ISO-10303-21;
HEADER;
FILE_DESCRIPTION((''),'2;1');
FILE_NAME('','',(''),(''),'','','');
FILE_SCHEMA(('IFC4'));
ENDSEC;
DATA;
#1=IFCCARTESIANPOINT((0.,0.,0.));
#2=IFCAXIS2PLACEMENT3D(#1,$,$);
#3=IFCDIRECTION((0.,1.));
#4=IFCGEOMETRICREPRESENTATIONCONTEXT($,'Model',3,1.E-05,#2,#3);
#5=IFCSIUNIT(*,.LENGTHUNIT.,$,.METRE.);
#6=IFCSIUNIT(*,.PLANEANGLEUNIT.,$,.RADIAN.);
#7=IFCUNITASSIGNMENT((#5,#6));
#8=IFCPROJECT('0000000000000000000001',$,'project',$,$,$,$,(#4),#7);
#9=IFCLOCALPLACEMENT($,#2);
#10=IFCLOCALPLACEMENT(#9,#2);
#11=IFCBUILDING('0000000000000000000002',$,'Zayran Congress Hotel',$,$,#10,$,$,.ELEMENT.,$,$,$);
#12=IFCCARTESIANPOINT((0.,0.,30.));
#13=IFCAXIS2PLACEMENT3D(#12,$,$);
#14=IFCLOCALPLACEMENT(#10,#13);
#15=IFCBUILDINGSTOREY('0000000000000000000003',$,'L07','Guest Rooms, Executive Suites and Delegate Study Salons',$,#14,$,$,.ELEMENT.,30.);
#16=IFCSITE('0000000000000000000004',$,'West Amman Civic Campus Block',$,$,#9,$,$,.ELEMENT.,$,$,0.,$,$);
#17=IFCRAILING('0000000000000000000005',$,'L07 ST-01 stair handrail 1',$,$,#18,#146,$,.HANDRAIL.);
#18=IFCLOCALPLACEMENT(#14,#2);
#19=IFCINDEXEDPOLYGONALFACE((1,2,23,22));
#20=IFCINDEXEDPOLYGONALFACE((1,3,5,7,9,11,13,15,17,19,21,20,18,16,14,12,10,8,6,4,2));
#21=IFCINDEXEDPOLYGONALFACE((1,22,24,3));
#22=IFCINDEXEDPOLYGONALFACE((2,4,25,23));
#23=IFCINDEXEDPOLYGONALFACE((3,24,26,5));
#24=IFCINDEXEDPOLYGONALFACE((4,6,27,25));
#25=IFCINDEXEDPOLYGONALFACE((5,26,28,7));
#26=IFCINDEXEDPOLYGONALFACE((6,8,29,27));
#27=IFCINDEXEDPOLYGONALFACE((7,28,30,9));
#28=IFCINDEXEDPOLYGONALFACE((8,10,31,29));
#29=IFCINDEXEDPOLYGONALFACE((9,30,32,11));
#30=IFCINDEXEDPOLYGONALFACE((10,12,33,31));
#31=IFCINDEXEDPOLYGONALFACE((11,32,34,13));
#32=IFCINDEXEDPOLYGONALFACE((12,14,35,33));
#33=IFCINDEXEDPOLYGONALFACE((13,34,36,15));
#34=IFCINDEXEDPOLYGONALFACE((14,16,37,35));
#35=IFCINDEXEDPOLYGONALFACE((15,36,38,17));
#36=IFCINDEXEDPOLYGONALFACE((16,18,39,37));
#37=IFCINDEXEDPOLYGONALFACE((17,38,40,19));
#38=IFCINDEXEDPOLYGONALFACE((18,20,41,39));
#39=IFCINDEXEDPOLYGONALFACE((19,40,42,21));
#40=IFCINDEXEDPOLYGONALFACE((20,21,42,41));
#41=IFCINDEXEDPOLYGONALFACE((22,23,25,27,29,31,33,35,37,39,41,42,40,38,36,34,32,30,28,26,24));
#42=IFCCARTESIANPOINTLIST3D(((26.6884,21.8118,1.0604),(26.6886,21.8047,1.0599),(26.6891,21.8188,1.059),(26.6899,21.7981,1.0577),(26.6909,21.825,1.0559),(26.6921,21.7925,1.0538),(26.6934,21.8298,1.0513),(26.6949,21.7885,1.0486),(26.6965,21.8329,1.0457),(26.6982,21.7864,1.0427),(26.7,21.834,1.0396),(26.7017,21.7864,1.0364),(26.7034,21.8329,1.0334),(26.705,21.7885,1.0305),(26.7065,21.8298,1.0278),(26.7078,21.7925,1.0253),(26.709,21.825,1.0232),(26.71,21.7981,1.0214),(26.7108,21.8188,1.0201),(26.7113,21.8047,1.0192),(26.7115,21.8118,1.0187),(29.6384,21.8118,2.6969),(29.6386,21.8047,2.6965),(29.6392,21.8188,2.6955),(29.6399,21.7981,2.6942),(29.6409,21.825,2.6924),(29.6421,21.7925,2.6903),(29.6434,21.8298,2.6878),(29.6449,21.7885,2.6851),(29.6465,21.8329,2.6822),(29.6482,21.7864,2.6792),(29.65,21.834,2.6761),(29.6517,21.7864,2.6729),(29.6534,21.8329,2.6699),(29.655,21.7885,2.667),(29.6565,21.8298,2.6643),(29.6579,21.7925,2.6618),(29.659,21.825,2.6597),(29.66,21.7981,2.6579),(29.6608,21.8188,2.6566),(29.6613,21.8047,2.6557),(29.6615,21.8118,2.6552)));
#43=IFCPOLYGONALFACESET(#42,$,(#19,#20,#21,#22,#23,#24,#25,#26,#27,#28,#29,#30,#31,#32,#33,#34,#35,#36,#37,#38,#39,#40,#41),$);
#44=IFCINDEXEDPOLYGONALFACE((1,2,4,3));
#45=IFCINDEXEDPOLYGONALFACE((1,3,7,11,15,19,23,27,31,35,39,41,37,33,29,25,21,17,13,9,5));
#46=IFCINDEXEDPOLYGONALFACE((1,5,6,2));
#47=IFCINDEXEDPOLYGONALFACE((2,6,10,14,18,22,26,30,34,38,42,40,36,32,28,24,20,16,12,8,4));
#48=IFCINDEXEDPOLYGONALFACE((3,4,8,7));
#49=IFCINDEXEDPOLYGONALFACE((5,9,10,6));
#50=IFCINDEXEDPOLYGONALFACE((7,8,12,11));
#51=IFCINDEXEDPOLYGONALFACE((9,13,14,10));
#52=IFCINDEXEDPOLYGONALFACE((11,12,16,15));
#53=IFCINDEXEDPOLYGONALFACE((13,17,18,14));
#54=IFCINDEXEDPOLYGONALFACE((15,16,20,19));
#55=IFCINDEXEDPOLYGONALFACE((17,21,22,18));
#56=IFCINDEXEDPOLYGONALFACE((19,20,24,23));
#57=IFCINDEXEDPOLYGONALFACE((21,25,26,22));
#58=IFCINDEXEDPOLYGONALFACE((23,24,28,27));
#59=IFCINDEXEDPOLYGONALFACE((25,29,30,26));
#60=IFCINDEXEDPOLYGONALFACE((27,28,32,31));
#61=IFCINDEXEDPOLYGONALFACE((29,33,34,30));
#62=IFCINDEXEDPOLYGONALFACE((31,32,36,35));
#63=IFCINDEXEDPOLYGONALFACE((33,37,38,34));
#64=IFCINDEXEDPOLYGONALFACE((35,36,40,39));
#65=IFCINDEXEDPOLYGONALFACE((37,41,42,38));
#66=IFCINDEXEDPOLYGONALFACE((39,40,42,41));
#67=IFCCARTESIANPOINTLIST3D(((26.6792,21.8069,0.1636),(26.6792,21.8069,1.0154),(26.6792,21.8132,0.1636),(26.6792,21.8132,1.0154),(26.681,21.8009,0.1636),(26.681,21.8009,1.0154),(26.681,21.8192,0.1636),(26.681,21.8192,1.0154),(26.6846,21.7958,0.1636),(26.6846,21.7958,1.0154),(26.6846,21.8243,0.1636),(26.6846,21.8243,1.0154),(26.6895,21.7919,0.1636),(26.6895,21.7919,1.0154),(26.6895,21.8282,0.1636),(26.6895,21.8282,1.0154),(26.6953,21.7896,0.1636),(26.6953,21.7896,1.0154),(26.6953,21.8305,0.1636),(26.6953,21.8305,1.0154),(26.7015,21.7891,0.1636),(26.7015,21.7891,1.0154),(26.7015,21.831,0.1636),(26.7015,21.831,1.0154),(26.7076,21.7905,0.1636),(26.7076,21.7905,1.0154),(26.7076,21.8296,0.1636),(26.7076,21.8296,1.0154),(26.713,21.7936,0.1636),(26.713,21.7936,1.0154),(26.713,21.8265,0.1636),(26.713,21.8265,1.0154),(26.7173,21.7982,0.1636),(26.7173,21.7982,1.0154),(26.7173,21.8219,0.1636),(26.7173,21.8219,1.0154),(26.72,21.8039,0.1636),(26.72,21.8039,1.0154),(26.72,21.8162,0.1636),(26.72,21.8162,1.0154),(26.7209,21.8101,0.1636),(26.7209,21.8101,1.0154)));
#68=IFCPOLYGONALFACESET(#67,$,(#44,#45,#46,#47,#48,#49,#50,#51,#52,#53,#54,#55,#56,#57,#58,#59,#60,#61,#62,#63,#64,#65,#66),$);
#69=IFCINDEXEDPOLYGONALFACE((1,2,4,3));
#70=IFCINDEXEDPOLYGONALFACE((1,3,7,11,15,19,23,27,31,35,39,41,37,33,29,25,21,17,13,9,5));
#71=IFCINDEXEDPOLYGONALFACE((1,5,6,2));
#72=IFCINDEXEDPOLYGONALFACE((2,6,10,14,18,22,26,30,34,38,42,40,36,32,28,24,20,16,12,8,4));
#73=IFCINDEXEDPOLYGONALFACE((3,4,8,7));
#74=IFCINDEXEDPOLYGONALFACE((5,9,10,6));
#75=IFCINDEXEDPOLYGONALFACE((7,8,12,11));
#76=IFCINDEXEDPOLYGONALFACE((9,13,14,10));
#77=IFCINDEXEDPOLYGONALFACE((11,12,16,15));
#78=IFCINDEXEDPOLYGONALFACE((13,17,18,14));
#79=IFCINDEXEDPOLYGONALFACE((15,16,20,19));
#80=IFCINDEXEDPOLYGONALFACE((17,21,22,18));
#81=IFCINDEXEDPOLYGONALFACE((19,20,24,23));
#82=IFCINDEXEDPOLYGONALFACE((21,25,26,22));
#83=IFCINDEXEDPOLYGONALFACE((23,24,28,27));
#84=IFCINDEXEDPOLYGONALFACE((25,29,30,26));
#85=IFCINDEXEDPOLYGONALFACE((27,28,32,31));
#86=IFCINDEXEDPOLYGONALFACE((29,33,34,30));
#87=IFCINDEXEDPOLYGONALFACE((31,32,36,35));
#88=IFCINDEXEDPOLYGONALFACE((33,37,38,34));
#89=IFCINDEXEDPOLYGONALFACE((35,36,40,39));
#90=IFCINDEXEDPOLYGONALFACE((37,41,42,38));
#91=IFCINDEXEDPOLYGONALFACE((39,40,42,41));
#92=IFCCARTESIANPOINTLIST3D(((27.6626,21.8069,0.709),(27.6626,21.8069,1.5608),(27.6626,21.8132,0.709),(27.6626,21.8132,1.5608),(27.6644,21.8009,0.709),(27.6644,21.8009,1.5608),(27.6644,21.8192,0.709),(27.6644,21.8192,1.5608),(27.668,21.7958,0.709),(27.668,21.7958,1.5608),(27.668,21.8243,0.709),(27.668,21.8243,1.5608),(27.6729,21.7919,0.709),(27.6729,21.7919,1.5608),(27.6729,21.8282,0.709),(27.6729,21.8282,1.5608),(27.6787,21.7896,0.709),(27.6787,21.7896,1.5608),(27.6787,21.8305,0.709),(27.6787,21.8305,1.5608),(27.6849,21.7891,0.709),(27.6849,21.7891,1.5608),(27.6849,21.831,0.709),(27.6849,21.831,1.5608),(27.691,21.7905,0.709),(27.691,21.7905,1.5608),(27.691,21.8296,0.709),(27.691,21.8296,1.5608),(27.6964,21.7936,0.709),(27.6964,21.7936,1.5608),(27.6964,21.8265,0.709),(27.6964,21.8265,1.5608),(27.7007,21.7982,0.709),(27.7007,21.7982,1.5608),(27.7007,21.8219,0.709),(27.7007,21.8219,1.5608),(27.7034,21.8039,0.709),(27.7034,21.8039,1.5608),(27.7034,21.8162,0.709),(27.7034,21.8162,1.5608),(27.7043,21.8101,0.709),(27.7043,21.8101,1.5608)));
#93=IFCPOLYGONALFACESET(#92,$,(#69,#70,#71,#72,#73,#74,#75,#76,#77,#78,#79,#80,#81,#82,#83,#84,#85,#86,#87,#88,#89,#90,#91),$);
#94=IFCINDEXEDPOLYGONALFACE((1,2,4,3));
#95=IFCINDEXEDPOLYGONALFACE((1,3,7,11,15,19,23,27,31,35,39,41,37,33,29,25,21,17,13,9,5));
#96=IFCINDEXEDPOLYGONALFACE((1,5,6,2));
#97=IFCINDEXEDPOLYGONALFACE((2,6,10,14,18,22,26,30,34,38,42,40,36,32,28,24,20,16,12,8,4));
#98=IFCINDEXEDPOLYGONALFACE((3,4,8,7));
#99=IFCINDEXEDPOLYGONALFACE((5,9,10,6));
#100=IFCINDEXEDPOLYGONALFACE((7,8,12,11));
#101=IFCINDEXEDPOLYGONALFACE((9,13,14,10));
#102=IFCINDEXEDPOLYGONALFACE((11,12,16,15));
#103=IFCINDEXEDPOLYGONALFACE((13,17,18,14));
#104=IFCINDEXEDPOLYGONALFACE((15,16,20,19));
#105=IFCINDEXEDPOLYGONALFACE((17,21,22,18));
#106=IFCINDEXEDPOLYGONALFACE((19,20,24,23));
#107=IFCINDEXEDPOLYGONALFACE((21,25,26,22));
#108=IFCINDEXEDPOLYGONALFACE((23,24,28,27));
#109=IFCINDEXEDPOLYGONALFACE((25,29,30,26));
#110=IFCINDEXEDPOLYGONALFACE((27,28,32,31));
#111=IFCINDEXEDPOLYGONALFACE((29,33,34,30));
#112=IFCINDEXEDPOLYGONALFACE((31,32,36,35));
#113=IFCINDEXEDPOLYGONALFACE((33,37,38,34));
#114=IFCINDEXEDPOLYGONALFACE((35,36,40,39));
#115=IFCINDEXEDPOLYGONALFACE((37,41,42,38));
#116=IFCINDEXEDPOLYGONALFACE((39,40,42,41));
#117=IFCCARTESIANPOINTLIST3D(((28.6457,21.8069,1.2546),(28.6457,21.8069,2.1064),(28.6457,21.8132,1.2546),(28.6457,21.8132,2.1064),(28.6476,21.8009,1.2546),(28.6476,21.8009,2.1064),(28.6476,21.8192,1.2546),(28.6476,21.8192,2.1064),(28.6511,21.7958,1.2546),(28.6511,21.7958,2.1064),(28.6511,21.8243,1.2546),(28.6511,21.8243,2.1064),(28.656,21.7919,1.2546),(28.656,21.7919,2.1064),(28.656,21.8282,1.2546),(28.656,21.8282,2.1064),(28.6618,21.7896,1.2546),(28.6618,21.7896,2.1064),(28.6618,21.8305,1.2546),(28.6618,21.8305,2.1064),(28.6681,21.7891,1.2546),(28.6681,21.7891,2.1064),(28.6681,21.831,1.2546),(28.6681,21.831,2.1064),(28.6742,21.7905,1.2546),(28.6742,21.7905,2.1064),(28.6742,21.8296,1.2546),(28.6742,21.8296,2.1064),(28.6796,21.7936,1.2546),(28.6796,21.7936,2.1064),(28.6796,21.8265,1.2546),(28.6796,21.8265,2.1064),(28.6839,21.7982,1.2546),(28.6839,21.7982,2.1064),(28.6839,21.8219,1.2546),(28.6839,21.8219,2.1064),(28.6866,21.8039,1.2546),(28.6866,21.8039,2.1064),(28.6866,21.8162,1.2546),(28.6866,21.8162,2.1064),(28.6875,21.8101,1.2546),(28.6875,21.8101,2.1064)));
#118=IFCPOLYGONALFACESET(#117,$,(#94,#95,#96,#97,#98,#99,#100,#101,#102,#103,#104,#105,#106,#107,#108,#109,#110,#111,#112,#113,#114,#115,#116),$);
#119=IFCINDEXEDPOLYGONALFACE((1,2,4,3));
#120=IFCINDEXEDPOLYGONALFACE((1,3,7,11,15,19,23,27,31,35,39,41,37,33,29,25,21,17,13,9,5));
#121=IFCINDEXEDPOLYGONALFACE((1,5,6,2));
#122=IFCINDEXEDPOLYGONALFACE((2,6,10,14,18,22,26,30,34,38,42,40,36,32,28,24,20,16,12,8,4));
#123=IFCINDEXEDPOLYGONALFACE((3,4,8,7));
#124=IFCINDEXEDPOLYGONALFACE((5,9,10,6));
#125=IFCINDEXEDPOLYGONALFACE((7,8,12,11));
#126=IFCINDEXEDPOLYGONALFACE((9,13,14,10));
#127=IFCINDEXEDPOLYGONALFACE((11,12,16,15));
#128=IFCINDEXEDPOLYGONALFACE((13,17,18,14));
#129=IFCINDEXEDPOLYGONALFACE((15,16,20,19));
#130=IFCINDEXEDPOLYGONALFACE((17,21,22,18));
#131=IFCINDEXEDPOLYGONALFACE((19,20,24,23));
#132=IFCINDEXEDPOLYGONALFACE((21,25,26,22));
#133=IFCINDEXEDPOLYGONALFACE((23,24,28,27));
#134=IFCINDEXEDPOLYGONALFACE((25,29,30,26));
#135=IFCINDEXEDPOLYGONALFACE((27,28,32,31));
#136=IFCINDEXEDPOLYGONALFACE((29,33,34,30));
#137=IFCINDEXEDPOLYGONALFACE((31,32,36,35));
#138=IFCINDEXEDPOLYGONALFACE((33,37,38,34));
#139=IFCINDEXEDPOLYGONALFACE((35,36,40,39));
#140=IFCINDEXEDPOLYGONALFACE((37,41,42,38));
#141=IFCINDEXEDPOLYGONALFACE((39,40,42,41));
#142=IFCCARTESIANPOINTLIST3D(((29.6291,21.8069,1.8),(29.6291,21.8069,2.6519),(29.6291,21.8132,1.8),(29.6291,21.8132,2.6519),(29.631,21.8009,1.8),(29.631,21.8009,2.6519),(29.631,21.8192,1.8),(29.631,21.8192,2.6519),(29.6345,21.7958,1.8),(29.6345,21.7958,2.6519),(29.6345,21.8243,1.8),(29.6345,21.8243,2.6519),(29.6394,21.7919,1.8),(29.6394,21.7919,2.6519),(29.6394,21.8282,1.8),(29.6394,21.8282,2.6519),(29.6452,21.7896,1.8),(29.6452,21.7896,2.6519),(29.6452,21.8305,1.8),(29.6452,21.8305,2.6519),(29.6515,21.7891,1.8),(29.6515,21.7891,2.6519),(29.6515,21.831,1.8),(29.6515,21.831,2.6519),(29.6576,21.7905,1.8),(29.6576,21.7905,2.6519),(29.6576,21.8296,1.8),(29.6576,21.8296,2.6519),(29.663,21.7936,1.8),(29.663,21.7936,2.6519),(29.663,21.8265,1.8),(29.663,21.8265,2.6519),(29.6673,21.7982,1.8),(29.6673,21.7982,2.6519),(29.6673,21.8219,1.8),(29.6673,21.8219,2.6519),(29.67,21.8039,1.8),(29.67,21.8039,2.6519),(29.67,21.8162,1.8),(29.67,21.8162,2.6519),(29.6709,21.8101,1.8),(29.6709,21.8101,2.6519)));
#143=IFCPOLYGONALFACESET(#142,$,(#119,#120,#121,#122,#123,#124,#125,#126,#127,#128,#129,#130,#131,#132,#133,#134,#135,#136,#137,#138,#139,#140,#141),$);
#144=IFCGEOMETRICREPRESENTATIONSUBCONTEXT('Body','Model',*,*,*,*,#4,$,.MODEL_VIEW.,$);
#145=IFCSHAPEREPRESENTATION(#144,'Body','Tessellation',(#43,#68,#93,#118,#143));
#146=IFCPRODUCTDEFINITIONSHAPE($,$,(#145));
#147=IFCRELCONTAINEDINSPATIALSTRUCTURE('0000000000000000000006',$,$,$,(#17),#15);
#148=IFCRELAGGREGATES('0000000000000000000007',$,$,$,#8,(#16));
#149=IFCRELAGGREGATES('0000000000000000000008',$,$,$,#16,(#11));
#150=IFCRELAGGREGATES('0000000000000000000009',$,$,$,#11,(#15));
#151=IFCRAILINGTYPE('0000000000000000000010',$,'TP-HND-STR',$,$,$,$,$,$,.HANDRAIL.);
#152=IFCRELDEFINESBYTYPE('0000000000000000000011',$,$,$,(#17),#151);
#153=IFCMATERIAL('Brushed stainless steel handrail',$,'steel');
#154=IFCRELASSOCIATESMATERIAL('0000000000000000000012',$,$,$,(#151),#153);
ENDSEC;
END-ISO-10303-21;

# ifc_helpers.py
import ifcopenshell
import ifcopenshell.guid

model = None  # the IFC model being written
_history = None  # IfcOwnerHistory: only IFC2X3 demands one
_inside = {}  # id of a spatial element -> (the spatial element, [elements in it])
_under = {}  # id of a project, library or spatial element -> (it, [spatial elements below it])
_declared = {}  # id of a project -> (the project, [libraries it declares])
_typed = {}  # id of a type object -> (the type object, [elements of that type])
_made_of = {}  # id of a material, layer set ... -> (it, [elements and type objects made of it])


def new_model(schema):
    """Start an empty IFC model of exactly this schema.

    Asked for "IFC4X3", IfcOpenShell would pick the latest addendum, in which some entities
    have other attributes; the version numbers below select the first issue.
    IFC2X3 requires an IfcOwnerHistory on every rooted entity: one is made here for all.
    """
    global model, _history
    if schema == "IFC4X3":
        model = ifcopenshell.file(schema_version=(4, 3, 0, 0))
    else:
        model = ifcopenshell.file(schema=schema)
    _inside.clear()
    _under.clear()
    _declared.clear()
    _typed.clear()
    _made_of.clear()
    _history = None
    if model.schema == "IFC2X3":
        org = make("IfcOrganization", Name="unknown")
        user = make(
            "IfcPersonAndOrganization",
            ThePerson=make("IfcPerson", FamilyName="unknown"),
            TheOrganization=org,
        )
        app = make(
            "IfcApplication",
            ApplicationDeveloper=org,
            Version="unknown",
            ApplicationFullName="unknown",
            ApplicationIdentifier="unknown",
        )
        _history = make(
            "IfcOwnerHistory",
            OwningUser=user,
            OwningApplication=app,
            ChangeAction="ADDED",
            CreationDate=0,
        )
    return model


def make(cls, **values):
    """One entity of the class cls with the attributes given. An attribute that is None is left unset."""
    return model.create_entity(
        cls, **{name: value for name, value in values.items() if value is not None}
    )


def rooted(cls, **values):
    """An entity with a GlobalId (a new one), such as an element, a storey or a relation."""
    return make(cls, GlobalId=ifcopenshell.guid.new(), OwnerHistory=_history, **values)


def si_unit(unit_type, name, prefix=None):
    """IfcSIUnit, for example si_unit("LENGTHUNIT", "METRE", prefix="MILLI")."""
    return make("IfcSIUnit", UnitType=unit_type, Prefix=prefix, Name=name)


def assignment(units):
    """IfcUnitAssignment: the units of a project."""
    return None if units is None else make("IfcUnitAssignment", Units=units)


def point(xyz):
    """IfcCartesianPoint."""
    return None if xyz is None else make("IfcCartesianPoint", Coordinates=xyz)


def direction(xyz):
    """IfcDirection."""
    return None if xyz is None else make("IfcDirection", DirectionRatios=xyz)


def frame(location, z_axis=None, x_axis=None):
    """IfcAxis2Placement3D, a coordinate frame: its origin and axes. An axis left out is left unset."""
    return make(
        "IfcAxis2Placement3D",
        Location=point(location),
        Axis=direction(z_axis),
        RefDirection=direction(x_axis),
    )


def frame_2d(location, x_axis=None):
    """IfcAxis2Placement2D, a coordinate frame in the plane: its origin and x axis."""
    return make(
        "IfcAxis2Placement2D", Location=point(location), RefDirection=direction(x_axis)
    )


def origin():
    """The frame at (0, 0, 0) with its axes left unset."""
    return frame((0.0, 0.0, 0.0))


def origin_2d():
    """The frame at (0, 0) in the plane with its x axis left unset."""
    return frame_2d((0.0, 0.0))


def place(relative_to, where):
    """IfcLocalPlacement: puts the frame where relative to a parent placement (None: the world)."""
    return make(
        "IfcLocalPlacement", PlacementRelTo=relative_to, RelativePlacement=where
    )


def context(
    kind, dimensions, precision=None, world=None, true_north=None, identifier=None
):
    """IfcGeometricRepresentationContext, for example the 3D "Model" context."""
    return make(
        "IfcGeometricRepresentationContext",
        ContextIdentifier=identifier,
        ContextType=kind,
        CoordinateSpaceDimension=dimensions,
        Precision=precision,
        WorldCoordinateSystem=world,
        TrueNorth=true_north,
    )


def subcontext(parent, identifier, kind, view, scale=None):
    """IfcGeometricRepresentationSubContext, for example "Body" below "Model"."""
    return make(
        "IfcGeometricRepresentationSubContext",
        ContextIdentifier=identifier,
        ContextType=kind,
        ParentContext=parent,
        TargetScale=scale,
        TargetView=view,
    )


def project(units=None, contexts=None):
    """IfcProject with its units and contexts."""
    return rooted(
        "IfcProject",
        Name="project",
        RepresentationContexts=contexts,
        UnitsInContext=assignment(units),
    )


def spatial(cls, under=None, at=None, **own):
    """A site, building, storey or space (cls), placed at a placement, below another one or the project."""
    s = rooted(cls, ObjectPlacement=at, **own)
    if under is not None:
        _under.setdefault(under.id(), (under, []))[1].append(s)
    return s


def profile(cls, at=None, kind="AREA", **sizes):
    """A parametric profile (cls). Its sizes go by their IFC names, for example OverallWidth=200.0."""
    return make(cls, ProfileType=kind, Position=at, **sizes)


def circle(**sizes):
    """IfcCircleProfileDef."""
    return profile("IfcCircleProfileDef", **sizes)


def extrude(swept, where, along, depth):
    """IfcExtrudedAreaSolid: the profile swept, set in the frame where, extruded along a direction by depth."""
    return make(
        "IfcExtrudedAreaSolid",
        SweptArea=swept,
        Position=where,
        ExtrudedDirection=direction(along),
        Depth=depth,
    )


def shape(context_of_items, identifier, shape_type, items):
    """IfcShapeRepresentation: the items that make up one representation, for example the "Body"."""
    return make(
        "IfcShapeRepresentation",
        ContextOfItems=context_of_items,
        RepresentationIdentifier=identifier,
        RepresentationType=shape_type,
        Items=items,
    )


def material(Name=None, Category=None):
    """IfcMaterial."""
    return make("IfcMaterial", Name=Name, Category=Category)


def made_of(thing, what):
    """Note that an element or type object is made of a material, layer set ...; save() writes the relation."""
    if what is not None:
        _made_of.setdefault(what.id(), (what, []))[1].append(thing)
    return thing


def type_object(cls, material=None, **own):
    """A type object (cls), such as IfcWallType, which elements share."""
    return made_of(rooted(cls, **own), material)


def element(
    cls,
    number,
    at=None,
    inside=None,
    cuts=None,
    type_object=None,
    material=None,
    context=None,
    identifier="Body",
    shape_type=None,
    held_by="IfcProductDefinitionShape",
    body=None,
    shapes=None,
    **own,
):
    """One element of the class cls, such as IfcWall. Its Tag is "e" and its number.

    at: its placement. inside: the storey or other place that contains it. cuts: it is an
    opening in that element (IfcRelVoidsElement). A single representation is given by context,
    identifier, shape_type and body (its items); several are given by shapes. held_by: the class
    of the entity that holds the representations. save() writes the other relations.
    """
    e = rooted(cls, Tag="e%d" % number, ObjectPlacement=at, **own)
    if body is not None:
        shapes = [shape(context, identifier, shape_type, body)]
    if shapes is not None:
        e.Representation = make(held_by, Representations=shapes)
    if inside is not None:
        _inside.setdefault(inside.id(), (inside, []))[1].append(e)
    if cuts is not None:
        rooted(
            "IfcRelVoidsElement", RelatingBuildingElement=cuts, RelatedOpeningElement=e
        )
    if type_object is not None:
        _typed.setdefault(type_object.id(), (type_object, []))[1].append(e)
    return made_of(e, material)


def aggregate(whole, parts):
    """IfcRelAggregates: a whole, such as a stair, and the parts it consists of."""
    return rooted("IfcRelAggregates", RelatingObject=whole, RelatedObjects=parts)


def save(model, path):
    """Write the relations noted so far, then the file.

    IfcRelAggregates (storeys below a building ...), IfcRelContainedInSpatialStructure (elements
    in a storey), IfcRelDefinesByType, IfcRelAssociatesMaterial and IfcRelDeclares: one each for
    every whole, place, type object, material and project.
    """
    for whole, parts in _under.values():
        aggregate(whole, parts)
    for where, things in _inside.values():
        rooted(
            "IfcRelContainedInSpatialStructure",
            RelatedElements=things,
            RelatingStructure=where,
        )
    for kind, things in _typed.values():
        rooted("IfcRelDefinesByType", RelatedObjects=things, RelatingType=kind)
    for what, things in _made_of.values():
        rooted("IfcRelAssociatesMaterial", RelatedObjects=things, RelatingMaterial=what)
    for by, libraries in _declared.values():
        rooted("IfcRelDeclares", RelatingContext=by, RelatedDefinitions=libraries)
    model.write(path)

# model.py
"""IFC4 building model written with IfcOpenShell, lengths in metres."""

from ifc_helpers import new_model, si_unit, direction, frame, origin, origin_2d, place, context, subcontext, project, spatial, circle, extrude, material, type_object, element, save


model = new_model("IFC4")

# Units and contexts
model_context = context("Model", 3, precision=1e-05, world=origin(), true_north=direction((0.0, 1.0)))
body_context = subcontext(model_context, "Body", "Model", "MODEL_VIEW")
ifc_project = project(units=[si_unit("LENGTHUNIT", "METRE"), si_unit("PLANEANGLEUNIT", "RADIAN")], contexts=[model_context])

# Site, building, storey
site_placement = place(None, origin())
site = spatial("IfcSite", under=ifc_project, at=site_placement, Name="West Amman Civic Campus Block", CompositionType="ELEMENT", RefElevation=0.0)
building_placement = place(site_placement, origin())
building = spatial("IfcBuilding", under=site, at=building_placement, Name="Zayran Congress Hotel", CompositionType="ELEMENT")
storey_placement = place(building_placement, frame((0.0, 0.0, 30.0)))
storey = spatial("IfcBuildingStorey", under=building, at=storey_placement, Name="L07", Description="Guest Rooms, Executive Suites and Delegate Study Salons", CompositionType="ELEMENT", Elevation=30.0)

# Railing
ifc_material_1 = material(Name="Brushed stainless steel handrail", Category="steel")
railing_type = type_object("IfcRailingType", Name="TP-HND-STR", PredefinedType="HANDRAIL", material=ifc_material_1)
railing_placement = place(storey_placement, frame((26.7, 21.8101, 0.1636)))
element("IfcRailing", 1, at=railing_placement, inside=storey, type_object=railing_type, Name="L07 ST-01 stair handrail 1", PredefinedType="HANDRAIL", context=body_context, shape_type="SweptSolid", body=[
    extrude(circle(Radius=0.0239, at=origin_2d()), frame((0.0, 0.0, 0.876), z_axis=(0.874458, 0.0, 0.485102), x_axis=(0.0, 1.0, 0.0)), (0.0, 0.0, 1.0), 3.3735),
    extrude(circle(Radius=0.021, at=origin_2d()), origin(), (0.0, 0.0, 1.0), 0.8518),
    extrude(circle(Radius=0.021, at=origin_2d()), frame((0.9834, 0.0, 0.5454)), (0.0, 0.0, 1.0), 0.8518),
    extrude(circle(Radius=0.021, at=origin_2d()), frame((1.9666, 0.0, 1.0911)), (0.0, 0.0, 1.0), 0.8518),
    extrude(circle(Radius=0.021, at=origin_2d()), frame((2.95, 0.0, 1.6365)), (0.0, 0.0, 1.0), 0.8518),
])

save(model, "model.ifc")
